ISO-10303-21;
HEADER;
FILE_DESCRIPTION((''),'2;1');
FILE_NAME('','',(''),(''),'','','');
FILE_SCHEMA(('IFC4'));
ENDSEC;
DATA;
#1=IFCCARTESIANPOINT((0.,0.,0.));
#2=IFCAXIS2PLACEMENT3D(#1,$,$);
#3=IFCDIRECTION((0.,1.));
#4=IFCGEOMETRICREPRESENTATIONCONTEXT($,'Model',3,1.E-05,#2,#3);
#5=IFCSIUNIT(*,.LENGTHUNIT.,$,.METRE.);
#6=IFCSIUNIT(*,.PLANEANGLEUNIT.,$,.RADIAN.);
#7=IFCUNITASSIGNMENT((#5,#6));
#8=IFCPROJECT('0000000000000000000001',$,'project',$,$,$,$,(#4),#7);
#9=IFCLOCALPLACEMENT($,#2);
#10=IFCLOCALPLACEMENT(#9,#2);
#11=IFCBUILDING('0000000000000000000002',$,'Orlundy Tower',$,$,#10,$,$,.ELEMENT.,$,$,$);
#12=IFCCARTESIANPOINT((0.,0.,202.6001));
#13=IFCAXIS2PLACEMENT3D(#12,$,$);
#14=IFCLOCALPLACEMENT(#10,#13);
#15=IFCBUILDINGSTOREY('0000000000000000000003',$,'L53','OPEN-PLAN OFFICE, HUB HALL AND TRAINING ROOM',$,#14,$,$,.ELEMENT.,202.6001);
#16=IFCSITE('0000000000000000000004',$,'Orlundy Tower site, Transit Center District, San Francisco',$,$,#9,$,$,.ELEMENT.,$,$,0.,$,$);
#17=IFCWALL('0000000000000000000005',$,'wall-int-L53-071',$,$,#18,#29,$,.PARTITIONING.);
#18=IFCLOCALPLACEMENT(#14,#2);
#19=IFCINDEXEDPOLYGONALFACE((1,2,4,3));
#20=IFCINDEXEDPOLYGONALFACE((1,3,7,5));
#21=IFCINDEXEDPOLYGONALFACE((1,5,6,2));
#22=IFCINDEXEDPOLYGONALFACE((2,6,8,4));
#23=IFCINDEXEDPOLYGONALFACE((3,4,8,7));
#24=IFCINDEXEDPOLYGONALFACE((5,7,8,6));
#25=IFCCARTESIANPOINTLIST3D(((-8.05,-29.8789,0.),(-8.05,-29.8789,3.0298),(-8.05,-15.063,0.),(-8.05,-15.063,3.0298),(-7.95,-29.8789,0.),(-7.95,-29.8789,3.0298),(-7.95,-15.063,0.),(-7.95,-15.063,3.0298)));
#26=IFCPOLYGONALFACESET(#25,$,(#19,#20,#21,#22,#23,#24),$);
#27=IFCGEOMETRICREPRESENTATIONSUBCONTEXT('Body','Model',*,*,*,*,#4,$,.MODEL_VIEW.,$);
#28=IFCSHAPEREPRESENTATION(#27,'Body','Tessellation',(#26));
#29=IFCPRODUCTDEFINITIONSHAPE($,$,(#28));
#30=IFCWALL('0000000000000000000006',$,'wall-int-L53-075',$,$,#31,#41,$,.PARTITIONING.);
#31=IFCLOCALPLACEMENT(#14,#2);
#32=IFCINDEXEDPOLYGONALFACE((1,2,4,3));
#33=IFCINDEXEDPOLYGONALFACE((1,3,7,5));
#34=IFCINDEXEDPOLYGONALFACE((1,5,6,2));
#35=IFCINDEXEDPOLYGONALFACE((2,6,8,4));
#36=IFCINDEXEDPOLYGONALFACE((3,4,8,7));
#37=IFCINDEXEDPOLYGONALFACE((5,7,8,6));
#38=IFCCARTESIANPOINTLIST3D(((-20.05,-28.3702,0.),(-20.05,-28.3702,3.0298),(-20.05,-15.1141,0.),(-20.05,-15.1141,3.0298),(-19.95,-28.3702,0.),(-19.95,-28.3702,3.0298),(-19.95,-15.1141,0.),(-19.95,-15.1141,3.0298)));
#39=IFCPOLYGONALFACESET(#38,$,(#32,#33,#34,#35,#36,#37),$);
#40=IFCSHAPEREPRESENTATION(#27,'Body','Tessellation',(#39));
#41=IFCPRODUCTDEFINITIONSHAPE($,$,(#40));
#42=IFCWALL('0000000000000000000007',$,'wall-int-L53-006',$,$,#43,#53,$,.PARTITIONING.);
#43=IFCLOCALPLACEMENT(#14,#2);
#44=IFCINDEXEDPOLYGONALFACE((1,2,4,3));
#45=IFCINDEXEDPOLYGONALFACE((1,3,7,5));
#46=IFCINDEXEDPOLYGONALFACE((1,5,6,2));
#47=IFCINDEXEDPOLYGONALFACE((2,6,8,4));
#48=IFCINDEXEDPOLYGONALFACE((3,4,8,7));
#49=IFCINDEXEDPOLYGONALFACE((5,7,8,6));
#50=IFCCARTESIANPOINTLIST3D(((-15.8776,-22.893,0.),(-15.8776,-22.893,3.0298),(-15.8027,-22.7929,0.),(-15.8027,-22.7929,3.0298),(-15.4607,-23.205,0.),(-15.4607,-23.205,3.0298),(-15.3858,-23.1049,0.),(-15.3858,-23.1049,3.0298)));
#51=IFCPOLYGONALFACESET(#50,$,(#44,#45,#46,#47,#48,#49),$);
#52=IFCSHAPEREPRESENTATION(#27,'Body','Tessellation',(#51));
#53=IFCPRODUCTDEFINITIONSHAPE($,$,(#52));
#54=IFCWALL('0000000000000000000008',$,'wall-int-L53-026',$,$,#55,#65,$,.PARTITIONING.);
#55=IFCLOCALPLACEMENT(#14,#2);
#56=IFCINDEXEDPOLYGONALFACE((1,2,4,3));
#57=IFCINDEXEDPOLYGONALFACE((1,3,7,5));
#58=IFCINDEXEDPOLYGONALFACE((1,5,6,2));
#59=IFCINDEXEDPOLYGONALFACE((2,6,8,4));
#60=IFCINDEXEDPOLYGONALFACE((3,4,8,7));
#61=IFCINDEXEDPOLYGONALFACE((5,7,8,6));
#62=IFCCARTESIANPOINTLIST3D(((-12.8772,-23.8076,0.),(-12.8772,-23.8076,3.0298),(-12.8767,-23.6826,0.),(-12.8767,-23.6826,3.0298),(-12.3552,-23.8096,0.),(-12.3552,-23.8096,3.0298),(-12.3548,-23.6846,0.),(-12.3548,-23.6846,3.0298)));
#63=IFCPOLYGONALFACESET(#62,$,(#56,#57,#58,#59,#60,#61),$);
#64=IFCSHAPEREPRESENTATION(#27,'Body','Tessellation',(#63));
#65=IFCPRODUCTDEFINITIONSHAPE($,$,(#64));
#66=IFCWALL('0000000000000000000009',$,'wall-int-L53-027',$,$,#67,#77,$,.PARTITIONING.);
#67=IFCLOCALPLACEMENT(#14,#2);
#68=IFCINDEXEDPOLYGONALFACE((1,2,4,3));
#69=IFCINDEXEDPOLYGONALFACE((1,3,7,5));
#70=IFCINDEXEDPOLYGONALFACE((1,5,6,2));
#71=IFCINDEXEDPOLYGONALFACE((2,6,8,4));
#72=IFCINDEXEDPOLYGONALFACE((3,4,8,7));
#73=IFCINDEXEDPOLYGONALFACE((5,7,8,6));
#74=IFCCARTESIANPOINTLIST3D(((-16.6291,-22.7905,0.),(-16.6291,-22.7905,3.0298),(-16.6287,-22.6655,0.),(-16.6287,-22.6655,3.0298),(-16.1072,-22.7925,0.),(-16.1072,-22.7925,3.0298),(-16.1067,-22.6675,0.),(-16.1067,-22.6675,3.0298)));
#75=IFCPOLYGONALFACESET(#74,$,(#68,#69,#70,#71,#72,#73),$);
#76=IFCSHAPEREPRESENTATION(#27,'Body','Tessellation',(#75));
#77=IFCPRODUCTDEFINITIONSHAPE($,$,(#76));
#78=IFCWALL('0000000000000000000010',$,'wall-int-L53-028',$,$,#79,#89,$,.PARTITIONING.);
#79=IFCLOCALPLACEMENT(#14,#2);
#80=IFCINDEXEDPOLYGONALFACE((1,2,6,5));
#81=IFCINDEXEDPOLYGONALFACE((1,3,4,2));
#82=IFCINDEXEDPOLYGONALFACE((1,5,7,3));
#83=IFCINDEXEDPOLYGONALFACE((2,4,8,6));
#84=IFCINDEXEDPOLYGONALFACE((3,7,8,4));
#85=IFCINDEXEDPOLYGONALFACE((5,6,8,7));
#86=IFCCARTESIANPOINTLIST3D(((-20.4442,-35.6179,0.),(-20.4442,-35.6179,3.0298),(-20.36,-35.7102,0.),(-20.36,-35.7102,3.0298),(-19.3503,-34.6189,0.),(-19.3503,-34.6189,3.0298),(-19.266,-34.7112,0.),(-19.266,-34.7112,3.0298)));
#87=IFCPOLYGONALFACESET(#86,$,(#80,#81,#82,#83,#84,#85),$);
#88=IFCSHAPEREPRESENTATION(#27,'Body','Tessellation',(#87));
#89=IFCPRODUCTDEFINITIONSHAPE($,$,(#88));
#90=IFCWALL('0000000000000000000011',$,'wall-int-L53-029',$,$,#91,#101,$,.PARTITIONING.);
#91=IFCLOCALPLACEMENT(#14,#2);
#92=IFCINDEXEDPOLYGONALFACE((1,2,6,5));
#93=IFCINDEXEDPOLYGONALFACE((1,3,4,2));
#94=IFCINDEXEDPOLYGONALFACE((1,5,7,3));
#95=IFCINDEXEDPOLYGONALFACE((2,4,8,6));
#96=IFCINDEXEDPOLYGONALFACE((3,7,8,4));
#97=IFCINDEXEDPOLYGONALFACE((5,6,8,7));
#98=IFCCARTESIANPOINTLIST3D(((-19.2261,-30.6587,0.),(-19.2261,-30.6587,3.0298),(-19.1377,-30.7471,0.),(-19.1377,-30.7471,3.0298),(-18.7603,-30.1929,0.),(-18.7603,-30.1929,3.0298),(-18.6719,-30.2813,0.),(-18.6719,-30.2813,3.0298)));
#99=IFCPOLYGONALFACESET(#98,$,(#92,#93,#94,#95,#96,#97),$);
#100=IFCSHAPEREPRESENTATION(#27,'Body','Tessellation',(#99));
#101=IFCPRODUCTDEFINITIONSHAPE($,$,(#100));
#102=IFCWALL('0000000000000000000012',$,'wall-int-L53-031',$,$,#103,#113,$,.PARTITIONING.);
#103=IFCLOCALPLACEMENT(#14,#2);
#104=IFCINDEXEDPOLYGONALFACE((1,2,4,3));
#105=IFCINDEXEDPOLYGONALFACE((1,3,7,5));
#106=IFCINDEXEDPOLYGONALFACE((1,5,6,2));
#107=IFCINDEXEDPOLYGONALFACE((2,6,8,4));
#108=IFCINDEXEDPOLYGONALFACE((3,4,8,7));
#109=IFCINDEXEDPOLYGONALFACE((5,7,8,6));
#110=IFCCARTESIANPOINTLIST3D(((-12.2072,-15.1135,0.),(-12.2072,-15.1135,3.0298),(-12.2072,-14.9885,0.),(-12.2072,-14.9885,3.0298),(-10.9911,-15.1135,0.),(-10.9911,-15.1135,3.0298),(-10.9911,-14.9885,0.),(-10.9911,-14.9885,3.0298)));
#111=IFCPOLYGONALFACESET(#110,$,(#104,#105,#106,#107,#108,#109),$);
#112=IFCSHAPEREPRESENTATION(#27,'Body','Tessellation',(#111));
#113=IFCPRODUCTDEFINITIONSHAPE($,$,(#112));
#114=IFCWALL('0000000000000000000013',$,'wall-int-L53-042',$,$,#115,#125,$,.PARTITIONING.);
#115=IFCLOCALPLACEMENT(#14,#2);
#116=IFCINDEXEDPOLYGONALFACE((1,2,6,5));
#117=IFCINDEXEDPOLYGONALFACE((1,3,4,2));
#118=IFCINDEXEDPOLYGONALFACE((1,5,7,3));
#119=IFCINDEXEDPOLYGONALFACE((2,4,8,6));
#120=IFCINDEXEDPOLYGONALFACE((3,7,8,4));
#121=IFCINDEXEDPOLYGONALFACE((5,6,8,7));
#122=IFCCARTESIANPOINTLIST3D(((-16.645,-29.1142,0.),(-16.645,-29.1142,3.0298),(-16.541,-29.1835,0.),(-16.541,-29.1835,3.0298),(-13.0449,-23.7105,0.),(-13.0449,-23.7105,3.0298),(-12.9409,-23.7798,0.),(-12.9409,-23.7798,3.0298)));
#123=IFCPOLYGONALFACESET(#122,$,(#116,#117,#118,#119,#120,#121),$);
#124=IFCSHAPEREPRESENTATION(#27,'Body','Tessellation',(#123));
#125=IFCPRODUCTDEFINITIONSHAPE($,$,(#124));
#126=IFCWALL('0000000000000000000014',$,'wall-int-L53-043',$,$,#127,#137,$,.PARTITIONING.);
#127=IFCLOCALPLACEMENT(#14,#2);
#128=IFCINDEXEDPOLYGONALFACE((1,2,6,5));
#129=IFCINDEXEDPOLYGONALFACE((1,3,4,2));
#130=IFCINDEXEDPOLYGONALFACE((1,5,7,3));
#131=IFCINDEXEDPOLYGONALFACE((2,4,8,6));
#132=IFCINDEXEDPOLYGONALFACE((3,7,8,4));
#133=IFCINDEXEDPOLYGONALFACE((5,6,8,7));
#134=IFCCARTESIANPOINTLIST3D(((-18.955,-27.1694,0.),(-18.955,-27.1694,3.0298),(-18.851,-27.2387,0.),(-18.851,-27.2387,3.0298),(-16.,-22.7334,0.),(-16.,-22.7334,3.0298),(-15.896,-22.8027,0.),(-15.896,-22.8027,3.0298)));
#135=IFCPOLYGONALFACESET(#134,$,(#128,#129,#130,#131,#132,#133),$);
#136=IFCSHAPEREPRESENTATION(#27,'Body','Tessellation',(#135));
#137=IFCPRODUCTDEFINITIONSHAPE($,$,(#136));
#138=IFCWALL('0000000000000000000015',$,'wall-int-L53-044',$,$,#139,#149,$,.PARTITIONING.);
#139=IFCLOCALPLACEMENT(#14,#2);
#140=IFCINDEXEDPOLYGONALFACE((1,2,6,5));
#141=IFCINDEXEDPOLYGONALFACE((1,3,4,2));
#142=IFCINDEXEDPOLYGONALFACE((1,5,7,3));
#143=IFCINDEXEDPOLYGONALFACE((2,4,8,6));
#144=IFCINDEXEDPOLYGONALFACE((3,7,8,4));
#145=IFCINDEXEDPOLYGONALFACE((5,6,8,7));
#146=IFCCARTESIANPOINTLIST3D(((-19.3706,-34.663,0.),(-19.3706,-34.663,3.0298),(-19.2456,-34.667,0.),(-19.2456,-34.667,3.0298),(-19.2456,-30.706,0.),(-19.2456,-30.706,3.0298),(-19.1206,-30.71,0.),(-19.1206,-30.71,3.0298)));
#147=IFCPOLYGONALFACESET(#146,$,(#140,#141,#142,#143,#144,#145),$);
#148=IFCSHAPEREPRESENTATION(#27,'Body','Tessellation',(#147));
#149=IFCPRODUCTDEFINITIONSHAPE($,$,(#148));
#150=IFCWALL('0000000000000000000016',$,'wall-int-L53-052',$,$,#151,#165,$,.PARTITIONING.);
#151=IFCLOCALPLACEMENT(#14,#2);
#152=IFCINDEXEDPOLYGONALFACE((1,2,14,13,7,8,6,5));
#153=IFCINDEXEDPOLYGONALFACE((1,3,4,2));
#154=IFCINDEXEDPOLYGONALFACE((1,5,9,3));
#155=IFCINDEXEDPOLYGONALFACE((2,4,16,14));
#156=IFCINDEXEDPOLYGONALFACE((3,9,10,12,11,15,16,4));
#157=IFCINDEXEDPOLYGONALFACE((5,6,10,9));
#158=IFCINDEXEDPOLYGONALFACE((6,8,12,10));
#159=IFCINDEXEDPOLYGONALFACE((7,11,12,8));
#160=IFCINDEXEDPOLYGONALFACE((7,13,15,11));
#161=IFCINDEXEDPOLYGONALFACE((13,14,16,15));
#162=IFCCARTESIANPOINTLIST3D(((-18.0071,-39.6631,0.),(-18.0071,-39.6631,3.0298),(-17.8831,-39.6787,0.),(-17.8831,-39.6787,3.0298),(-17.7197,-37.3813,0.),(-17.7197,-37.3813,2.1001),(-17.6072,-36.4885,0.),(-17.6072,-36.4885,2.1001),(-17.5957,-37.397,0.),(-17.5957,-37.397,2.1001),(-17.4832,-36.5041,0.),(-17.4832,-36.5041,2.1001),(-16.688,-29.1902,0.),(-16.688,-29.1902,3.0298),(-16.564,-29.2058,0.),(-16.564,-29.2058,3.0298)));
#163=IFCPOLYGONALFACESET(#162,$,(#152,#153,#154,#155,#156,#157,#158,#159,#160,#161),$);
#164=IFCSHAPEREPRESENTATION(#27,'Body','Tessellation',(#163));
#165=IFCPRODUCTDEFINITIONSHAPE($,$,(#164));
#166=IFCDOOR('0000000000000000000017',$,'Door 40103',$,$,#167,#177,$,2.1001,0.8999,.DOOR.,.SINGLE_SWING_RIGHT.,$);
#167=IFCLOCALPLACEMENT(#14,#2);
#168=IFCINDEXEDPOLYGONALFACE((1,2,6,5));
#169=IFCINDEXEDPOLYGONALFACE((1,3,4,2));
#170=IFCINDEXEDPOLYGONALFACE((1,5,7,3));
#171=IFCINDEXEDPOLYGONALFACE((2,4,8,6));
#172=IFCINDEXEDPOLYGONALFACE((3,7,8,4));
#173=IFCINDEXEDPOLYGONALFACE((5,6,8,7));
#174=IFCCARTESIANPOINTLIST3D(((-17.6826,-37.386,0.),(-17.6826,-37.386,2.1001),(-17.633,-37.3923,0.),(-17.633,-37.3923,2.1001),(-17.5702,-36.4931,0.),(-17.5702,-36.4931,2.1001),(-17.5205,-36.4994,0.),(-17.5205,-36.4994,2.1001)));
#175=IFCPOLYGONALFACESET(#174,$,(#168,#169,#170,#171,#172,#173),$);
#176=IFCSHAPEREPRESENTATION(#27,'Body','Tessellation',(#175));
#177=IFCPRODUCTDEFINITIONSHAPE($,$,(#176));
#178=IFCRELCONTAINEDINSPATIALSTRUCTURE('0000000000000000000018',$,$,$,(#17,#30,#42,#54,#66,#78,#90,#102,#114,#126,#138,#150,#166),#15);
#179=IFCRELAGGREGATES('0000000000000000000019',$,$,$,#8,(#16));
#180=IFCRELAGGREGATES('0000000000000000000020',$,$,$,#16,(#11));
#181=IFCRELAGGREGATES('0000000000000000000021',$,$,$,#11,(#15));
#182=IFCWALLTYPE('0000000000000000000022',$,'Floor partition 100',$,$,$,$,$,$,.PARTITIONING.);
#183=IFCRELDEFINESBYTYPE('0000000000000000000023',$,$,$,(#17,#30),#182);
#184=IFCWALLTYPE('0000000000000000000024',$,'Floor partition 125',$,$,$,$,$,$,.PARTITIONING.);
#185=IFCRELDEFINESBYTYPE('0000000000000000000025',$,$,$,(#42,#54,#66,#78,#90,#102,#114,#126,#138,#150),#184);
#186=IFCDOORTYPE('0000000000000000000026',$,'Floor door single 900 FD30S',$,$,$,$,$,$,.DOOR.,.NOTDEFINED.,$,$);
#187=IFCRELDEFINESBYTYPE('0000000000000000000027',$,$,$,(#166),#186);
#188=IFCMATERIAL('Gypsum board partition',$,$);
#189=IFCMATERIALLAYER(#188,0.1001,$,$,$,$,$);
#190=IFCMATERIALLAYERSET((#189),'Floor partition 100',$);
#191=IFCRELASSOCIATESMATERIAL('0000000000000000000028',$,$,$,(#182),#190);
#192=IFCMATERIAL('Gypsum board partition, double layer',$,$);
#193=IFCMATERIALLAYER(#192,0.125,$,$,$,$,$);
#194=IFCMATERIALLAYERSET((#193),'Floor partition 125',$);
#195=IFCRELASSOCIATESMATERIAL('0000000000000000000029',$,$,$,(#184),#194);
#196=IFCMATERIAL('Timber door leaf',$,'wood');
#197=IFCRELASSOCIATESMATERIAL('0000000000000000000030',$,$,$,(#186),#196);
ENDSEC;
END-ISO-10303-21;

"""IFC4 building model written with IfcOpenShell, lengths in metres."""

from ifc_helpers import new_model, si_unit, direction, frame, frame_2d, origin, place, context, subcontext, project, spatial, rectangle, extrude, material, layer, layer_set, type_object, element, fill, save


model = new_model("IFC4")

# Units and contexts
model_context = context("Model", 3, precision=1e-05, world=origin(), true_north=direction((0.0, 1.0)))
body_context = subcontext(model_context, "Body", "Model", "MODEL_VIEW")
ifc_project = project(units=[si_unit("LENGTHUNIT", "METRE"), si_unit("PLANEANGLEUNIT", "RADIAN")], contexts=[model_context])

# Site, building, storey
site_placement = place(None, origin())
site = spatial("IfcSite", under=ifc_project, at=site_placement, Name="Orlundy Tower site, Transit Center District, San Francisco", CompositionType="ELEMENT", RefElevation=0.0)
building_placement = place(site_placement, origin())
building = spatial("IfcBuilding", under=site, at=building_placement, Name="Orlundy Tower", CompositionType="ELEMENT")
storey_placement = place(building_placement, frame((0.0, 0.0, 202.6001)))
storey = spatial("IfcBuildingStorey", under=building, at=storey_placement, Name="L53", Description="OPEN-PLAN OFFICE, HUB HALL AND TRAINING ROOM", CompositionType="ELEMENT", Elevation=202.6001)

# Walls
ifc_material_1 = material(Name="Gypsum board partition")
ifc_layer_1 = layer(ifc_material_1, 0.1001)
ifc_layer_set_1 = layer_set([ifc_layer_1], Name="Floor partition 100")
wall_type_1 = type_object("IfcWallType", Name="Floor partition 100", PredefinedType="PARTITIONING", material=ifc_layer_set_1)
wall_1_placement = place(storey_placement, frame((-8.0, -29.8789, 0.0), z_axis=(0.0, 0.0, 1.0), x_axis=(0.0, 1.0, 0.0)))
element("IfcWall", 1, at=wall_1_placement, inside=storey, type_object=wall_type_1, Name="wall-int-L53-071", PredefinedType="PARTITIONING", context=body_context, shape_type="SweptSolid", body=[
    extrude(rectangle(XDim=14.8159, YDim=0.1001, at=frame_2d((7.408, 0.0))), origin(), (0.0, 0.0, 1.0), 3.0298),
])
wall_2_placement = place(storey_placement, frame((-20.0, -28.3701, 0.0), z_axis=(0.0, 0.0, 1.0), x_axis=(0.0, 1.0, 0.0)))
element("IfcWall", 2, at=wall_2_placement, inside=storey, type_object=wall_type_1, Name="wall-int-L53-075", PredefinedType="PARTITIONING", context=body_context, shape_type="SweptSolid", body=[
    extrude(rectangle(XDim=13.2561, YDim=0.1001, at=frame_2d((6.6279, 0.0))), origin(), (0.0, 0.0, 1.0), 3.0298),
])
ifc_material_2 = material(Name="Gypsum board partition, double layer")
ifc_layer_2 = layer(ifc_material_2, 0.125)
ifc_layer_set_2 = layer_set([ifc_layer_2], Name="Floor partition 125")
wall_type_2 = type_object("IfcWallType", Name="Floor partition 125", PredefinedType="PARTITIONING", material=ifc_layer_set_2)
wall_3_placement = place(storey_placement, frame((-15.8401, -22.843, 0.0), z_axis=(0.0, 0.0, 1.0), x_axis=(0.800675, -0.5991, 0.0)))
element("IfcWall", 3, at=wall_3_placement, inside=storey, type_object=wall_type_2, Name="wall-int-L53-006", PredefinedType="PARTITIONING", context=body_context, shape_type="SweptSolid", body=[
    extrude(rectangle(XDim=0.5208, YDim=0.125, at=frame_2d((0.2603, 0.0))), origin(), (0.0, 0.0, 1.0), 3.0298),
])
for number, where, z_axis, x_axis, name in (
    (4, (-12.877, -23.7451, 0.0), (0.0, 0.0, 1.0), (0.999993, -0.003742, 0.0), "wall-int-L53-026"),
    (5, (-16.6289, -22.728, 0.0), (0.0, 0.0, 1.0), (0.999993, -0.003742, 0.0), "wall-int-L53-027"),
):
    element("IfcWall", number, at=place(storey_placement, frame(where, z_axis=z_axis, x_axis=x_axis)), inside=storey, type_object=wall_type_2, Name=name, PredefinedType="PARTITIONING", context=body_context, shape_type="SweptSolid", body=[
        extrude(rectangle(XDim=0.522, YDim=0.125, at=frame_2d((0.261, 0.0))), origin(), (0.0, 0.0, 1.0), 3.0298),
    ])
wall_4_placement = place(storey_placement, frame((-20.4021, -35.6641, 0.0), z_axis=(0.0, 0.0, 1.0), x_axis=(0.738432, 0.674328, 0.0)))
element("IfcWall", 6, at=wall_4_placement, inside=storey, type_object=wall_type_2, Name="wall-int-L53-028", PredefinedType="PARTITIONING", context=body_context, shape_type="SweptSolid", body=[
    extrude(rectangle(XDim=1.4814, YDim=0.125, at=frame_2d((0.7407, 0.0))), origin(), (0.0, 0.0, 1.0), 3.0298),
])
wall_5_placement = place(storey_placement, frame((-19.1819, -30.7029, 0.0), z_axis=(0.0, 0.0, 1.0), x_axis=(0.707107, 0.707107, 0.0)))
element("IfcWall", 7, at=wall_5_placement, inside=storey, type_object=wall_type_2, Name="wall-int-L53-029", PredefinedType="PARTITIONING", context=body_context, shape_type="SweptSolid", body=[
    extrude(rectangle(XDim=0.6587, YDim=0.125, at=frame_2d((0.3293, 0.0))), origin(), (0.0, 0.0, 1.0), 3.0298),
])
wall_6_placement = place(storey_placement, frame((-12.207, -15.051, 0.0), z_axis=(0.0, 0.0, 1.0), x_axis=(1.0, 0.0, 0.0)))
element("IfcWall", 8, at=wall_6_placement, inside=storey, type_object=wall_type_2, Name="wall-int-L53-031", PredefinedType="PARTITIONING", context=body_context, shape_type="SweptSolid", body=[
    extrude(rectangle(XDim=1.2161, YDim=0.125, at=frame_2d((0.6079, 0.0))), origin(), (0.0, 0.0, 1.0), 3.0298),
])
wall_7_placement = place(storey_placement, frame((-12.9929, -23.7451, 0.0), z_axis=(0.0, 0.0, 1.0), x_axis=(-0.55444, -0.832224, 0.0)))
element("IfcWall", 9, at=wall_7_placement, inside=storey, type_object=wall_type_2, Name="wall-int-L53-042", PredefinedType="PARTITIONING", context=body_context, shape_type="SweptSolid", body=[
    extrude(rectangle(XDim=6.4932, YDim=0.125, at=frame_2d((3.2466, 0.0))), origin(), (0.0, 0.0, 1.0), 3.0298),
])
wall_8_placement = place(storey_placement, frame((-15.948, -22.7681, 0.0), z_axis=(0.0, 0.0, 1.0), x_axis=(-0.554404, -0.832248, 0.0)))
element("IfcWall", 10, at=wall_8_placement, inside=storey, type_object=wall_type_2, Name="wall-int-L53-043", PredefinedType="PARTITIONING", context=body_context, shape_type="SweptSolid", body=[
    extrude(rectangle(XDim=5.3301, YDim=0.125, at=frame_2d((2.665, 0.0))), origin(), (0.0, 0.0, 1.0), 3.0298),
])
wall_9_placement = place(storey_placement, frame((-19.1831, -30.708, 0.0), z_axis=(0.0, 0.0, 1.0), x_axis=(-0.031574, -0.999501, 0.0)))
element("IfcWall", 11, at=wall_9_placement, inside=storey, type_object=wall_type_2, Name="wall-int-L53-044", PredefinedType="PARTITIONING", context=body_context, shape_type="SweptSolid", body=[
    extrude(rectangle(XDim=3.959, YDim=0.125, at=frame_2d((1.9795, 0.0))), origin(), (0.0, 0.0, 1.0), 3.0298),
])

# Wall, opening, door
wall_10_placement = place(storey_placement, frame((-16.626, -29.198, 0.0), z_axis=(0.0, 0.0, 1.0), x_axis=(-0.124966, -0.992161, 0.0)))
wall_10 = element("IfcWall", 12, at=wall_10_placement, inside=storey, type_object=wall_type_2, Name="wall-int-L53-052", PredefinedType="PARTITIONING", context=body_context, shape_type="SweptSolid", body=[
    extrude(rectangle(XDim=10.5557, YDim=0.125, at=frame_2d((5.2778, 0.0))), origin(), (0.0, 0.0, 1.0), 3.0298),
])
opening_1_placement = place(wall_10_placement, frame((7.356, 0.0, 0.0)))
opening_1 = element("IfcOpeningElement", 13, at=opening_1_placement, cuts=wall_10, PredefinedType="OPENING", context=body_context, shape_type="SweptSolid", body=[
    extrude(rectangle(XDim=0.8999, YDim=2.1001, at=frame_2d((0.45, 1.05))), frame((0.0, 0.0725, 0.0), z_axis=(0.0, -1.0, 0.0), x_axis=(1.0, 0.0, 0.0)), (0.0, 0.0, 1.0), 0.145),
])
ifc_material_3 = material(Name="Timber door leaf", Category="wood")
door_type_1 = type_object("IfcDoorType", Name="Floor door single 900 FD30S", OperationType="NOTDEFINED", PredefinedType="DOOR", material=ifc_material_3)
door_1_placement = place(opening_1_placement, origin())
door_1 = element("IfcDoor", 14, at=door_1_placement, inside=storey, type_object=door_type_1, Name="Door 40103", OperationType="SINGLE_SWING_RIGHT", OverallHeight=2.1001, OverallWidth=0.8999, PredefinedType="DOOR", context=body_context, shape_type="SweptSolid", body=[
    extrude(rectangle(XDim=0.8999, YDim=2.1001, at=frame_2d((0.45, 1.05))), frame((0.0, 0.0249, 0.0), z_axis=(0.0, -1.0, 0.0), x_axis=(1.0, 0.0, 0.0)), (0.0, 0.0, 1.0), 0.05),
])
fill(opening_1, door_1)

save(model, "model.ifc")
